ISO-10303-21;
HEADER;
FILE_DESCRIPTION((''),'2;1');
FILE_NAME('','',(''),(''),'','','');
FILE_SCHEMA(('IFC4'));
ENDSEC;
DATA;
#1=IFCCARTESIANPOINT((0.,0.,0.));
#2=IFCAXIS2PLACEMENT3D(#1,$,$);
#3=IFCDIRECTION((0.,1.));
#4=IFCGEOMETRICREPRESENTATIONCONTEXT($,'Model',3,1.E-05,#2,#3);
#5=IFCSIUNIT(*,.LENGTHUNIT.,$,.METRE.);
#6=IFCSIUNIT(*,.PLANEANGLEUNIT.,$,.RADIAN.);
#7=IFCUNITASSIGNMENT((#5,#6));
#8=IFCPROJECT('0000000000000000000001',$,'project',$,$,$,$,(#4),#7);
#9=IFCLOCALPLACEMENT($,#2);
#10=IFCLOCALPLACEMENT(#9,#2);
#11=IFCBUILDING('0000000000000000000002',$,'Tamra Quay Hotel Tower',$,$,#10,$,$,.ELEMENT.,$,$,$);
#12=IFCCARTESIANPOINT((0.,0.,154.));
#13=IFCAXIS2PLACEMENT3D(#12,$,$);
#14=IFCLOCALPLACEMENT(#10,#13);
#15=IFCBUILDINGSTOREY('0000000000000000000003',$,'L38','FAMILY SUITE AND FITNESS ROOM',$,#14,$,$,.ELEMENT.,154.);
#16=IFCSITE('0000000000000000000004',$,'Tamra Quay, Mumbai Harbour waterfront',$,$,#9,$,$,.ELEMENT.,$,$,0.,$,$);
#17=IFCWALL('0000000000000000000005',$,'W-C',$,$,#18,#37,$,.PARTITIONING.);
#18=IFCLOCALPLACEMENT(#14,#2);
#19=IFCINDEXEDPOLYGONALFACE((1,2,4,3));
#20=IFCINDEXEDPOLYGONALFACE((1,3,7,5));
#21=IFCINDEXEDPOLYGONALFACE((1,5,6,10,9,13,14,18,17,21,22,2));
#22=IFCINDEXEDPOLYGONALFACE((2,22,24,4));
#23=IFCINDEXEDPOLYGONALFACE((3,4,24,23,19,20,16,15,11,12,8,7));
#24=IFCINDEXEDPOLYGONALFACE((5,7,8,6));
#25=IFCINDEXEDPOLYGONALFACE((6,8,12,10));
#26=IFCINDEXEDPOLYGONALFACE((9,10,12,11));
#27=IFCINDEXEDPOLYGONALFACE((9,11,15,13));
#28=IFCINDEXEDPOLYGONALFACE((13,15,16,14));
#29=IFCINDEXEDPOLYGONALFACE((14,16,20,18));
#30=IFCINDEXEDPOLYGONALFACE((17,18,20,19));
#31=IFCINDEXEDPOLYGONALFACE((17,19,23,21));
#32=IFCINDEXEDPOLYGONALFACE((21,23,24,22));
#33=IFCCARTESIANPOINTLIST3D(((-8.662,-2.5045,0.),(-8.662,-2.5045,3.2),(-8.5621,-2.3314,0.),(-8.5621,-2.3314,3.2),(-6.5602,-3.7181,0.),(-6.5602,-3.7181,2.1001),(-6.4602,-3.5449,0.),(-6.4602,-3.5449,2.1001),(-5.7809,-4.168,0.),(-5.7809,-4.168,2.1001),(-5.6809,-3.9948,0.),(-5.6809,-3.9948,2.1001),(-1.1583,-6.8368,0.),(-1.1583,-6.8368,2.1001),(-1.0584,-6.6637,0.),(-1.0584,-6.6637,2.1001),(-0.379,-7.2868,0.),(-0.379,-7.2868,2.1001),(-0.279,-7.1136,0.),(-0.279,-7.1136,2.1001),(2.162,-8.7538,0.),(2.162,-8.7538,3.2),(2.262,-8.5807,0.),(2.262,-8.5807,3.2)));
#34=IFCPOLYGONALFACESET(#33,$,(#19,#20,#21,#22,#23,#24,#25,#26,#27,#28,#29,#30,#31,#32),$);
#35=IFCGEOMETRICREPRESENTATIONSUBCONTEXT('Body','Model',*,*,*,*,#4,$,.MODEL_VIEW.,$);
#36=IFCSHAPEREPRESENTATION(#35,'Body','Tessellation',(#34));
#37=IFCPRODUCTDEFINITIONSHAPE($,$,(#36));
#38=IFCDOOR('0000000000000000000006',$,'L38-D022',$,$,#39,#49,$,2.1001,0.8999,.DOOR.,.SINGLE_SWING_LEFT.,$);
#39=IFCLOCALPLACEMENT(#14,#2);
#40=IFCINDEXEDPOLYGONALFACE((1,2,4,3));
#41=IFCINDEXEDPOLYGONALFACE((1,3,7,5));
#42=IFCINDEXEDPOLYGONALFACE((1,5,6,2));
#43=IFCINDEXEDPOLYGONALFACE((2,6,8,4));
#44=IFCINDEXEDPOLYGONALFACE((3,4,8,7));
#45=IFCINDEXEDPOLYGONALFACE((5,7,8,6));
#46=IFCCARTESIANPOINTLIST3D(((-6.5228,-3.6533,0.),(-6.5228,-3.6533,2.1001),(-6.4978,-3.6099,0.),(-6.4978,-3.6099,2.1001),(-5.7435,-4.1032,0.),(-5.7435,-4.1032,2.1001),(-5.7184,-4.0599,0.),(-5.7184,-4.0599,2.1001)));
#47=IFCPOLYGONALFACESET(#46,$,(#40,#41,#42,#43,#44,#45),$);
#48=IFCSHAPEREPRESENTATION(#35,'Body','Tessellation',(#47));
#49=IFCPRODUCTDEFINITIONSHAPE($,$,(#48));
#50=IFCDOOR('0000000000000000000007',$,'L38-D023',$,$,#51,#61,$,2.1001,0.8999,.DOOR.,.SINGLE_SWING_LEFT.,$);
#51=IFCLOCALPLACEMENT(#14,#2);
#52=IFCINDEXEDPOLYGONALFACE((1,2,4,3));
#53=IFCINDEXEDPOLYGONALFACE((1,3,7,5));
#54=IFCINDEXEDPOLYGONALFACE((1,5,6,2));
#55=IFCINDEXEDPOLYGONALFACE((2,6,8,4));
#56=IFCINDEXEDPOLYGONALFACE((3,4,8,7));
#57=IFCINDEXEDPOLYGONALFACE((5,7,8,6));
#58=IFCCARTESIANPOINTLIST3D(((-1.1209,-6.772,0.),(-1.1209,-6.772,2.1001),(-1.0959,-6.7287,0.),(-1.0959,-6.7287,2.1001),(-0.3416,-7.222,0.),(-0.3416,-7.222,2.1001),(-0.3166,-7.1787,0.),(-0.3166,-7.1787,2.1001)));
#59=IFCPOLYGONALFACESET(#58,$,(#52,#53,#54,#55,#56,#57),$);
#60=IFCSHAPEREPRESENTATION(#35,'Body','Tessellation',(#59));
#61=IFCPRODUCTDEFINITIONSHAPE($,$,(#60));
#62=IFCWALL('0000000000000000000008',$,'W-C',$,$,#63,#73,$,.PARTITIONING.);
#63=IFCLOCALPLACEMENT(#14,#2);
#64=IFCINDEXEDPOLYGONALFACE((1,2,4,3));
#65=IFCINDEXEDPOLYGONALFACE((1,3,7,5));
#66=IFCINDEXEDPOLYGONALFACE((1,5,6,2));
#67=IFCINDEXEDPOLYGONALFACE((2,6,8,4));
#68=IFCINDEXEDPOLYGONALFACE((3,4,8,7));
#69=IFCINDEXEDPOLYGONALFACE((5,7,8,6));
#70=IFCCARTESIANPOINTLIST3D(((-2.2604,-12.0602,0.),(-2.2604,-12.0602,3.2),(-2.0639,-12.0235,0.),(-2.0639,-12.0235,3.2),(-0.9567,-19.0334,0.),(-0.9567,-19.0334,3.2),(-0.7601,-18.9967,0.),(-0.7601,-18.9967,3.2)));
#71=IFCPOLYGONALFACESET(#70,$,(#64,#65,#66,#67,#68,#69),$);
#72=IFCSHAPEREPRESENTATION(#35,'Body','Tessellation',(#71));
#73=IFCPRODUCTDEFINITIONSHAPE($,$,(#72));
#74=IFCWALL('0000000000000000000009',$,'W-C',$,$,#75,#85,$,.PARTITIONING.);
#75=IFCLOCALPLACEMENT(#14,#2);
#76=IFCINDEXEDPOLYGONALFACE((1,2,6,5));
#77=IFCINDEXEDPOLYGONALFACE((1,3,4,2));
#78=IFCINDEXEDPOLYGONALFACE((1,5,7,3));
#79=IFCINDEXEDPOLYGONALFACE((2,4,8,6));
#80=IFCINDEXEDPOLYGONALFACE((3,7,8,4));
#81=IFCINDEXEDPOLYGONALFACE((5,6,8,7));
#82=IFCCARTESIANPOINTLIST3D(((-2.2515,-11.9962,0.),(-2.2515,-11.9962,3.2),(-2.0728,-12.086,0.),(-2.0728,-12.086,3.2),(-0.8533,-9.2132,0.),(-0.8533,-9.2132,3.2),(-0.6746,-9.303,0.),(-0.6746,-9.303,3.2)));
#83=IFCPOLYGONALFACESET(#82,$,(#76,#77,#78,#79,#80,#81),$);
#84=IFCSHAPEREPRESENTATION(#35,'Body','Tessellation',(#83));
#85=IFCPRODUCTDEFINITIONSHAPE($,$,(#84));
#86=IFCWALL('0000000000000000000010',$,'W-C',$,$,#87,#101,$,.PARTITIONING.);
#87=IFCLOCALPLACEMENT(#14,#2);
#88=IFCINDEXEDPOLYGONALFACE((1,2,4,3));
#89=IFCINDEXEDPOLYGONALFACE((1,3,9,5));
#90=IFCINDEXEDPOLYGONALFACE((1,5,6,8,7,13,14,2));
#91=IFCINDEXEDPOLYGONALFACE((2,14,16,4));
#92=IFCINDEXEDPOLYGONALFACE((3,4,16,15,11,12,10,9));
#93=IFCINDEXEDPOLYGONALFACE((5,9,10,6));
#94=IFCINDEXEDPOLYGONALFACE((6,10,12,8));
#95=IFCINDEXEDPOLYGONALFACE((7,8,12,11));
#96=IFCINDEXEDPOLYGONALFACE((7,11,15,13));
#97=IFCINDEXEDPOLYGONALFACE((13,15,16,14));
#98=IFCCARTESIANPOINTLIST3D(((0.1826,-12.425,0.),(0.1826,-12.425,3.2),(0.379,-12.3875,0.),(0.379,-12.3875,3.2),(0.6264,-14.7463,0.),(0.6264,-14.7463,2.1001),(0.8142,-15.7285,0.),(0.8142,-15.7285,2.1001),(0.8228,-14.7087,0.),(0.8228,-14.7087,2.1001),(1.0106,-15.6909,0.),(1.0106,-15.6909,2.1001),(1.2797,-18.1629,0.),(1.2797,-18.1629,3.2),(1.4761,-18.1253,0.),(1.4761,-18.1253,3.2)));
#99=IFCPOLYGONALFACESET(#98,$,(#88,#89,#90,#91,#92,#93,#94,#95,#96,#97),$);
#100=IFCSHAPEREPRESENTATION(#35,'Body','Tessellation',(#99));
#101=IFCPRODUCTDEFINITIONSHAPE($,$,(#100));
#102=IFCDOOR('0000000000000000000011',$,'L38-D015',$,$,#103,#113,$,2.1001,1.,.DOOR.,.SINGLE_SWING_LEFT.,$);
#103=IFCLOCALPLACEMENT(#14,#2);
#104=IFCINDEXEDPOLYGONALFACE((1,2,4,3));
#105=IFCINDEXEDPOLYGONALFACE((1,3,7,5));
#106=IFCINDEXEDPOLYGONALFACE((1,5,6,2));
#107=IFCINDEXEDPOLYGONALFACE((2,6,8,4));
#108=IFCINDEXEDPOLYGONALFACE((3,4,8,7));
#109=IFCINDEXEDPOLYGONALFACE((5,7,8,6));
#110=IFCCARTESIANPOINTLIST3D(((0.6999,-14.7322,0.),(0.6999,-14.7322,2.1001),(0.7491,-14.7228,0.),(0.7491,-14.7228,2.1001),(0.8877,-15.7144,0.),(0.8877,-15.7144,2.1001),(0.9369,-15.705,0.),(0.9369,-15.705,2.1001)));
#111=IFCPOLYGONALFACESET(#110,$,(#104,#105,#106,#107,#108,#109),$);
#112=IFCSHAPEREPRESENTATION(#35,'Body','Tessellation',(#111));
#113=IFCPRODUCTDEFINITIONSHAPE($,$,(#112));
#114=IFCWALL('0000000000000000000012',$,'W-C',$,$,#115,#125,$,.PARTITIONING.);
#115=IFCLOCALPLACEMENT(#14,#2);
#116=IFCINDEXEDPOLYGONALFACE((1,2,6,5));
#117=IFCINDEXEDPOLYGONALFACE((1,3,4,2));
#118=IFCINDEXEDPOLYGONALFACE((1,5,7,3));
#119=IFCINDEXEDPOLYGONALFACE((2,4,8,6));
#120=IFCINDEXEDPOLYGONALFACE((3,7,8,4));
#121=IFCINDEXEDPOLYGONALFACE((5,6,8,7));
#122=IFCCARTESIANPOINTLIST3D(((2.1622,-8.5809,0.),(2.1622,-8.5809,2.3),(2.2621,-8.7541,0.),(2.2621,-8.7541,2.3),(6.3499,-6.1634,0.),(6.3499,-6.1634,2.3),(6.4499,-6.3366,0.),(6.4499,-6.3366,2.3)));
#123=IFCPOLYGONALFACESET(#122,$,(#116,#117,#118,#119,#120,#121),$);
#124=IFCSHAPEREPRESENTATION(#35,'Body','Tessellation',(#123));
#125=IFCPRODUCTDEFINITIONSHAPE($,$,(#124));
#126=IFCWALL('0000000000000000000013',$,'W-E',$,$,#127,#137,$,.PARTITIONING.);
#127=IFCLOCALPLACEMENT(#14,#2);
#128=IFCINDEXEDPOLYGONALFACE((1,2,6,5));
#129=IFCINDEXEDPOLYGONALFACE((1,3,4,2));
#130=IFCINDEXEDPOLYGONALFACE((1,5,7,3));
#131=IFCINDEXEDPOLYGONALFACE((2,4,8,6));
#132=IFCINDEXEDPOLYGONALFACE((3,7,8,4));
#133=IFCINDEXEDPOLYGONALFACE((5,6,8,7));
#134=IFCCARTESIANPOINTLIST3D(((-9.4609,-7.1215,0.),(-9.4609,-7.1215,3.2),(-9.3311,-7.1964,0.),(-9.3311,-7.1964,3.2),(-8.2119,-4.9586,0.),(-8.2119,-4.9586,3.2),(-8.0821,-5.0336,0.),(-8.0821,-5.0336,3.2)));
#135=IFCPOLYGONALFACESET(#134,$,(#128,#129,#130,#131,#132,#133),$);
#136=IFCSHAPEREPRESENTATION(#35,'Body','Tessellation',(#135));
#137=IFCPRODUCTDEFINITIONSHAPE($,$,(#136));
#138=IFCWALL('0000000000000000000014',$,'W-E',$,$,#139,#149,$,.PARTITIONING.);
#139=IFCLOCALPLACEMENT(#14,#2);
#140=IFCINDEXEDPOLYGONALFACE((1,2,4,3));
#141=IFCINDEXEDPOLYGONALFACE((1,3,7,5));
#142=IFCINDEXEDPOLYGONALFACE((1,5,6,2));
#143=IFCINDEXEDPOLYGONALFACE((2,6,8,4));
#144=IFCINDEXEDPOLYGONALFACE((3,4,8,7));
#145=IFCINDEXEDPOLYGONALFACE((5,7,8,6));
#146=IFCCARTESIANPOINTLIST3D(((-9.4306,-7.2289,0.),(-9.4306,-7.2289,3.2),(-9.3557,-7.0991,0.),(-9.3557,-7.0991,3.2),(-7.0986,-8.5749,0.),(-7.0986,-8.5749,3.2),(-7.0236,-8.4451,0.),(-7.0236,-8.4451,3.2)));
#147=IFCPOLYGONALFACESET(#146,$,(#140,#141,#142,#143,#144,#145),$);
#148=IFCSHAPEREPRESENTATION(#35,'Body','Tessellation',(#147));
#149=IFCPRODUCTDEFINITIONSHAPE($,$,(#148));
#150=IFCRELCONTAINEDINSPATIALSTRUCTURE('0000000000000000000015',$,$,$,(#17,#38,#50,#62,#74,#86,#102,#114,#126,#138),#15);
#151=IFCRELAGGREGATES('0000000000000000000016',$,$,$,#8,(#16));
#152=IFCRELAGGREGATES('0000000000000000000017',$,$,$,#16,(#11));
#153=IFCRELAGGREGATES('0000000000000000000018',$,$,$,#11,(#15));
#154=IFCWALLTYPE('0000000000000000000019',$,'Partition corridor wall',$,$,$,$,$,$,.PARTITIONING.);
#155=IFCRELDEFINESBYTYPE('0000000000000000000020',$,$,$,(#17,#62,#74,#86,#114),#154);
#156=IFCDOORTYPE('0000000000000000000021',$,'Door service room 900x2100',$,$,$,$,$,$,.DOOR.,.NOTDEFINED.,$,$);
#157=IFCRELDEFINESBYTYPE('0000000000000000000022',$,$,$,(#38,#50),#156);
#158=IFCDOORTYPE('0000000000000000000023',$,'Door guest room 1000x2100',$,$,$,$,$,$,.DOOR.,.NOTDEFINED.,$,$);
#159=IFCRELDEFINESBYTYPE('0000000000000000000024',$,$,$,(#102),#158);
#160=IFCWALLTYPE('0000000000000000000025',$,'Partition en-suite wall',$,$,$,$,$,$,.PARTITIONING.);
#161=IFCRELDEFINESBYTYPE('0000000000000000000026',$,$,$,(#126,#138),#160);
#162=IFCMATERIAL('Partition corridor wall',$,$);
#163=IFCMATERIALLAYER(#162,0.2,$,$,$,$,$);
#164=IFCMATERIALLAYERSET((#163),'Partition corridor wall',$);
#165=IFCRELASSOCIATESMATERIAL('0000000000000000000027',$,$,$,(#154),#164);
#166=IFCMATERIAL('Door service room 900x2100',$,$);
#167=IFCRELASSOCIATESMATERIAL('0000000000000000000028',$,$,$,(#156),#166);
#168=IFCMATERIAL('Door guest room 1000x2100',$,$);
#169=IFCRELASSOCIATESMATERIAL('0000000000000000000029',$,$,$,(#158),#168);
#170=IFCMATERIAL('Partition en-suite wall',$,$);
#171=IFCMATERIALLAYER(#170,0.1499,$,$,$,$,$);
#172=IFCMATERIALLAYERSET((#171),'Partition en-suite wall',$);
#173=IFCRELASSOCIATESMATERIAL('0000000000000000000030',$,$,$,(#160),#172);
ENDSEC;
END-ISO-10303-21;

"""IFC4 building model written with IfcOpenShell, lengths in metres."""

from ifc_helpers import new_model, si_unit, direction, frame, frame_2d, origin, place, context, subcontext, project, spatial, rectangle, extrude, material, layer, layer_set, type_object, element, fill, save


model = new_model("IFC4")

# Units and contexts
model_context = context("Model", 3, precision=1e-05, world=origin(), true_north=direction((0.0, 1.0)))
body_context = subcontext(model_context, "Body", "Model", "MODEL_VIEW")
ifc_project = project(units=[si_unit("LENGTHUNIT", "METRE"), si_unit("PLANEANGLEUNIT", "RADIAN")], contexts=[model_context])

# Site, building, storey
site_placement = place(None, origin())
site = spatial("IfcSite", under=ifc_project, at=site_placement, Name="Tamra Quay, Mumbai Harbour waterfront", CompositionType="ELEMENT", RefElevation=0.0)
building_placement = place(site_placement, origin())
building = spatial("IfcBuilding", under=site, at=building_placement, Name="Tamra Quay Hotel Tower", CompositionType="ELEMENT")
storey_placement = place(building_placement, frame((0.0, 0.0, 154.0)))
storey = spatial("IfcBuildingStorey", under=building, at=storey_placement, Name="L38", Description="FAMILY SUITE AND FITNESS ROOM", CompositionType="ELEMENT", Elevation=154.0)

# Shared definitions
ifc_material_1 = material(Name="Partition corridor wall")
ifc_layer_1 = layer(ifc_material_1, 0.2)
ifc_layer_set_1 = layer_set([ifc_layer_1], Name="Partition corridor wall")
wall_type_1 = type_object("IfcWallType", Name="Partition corridor wall", PredefinedType="PARTITIONING", material=ifc_layer_set_1)

# Wall, openings, doors
wall_1_placement = place(storey_placement, frame((-8.6121, -2.418, 0.0), z_axis=(0.0, 0.0, 1.0), x_axis=(0.866024, -0.500003, 0.0)))
wall_1 = element("IfcWall", 1, at=wall_1_placement, inside=storey, type_object=wall_type_1, Name="W-C", PredefinedType="PARTITIONING", context=body_context, shape_type="SweptSolid", body=[
    extrude(rectangle(XDim=12.4985, YDim=0.2, at=frame_2d((6.2493, 0.0))), origin(), (0.0, 0.0, 1.0), 3.2),
])
opening_1_placement = place(wall_1_placement, frame((2.427, 0.0, 0.0)))
opening_1 = element("IfcOpeningElement", 2, at=opening_1_placement, cuts=wall_1, PredefinedType="OPENING", context=body_context, shape_type="SweptSolid", body=[
    extrude(rectangle(XDim=0.8999, YDim=2.1001, at=frame_2d((0.45, 1.05))), frame((0.0, 0.1099, 0.0), z_axis=(0.0, -1.0, 0.0), x_axis=(1.0, 0.0, 0.0)), (0.0, 0.0, 1.0), 0.22),
])
opening_2_placement = place(wall_1_placement, frame((8.6646, 0.0, 0.0)))
opening_2 = element("IfcOpeningElement", 3, at=opening_2_placement, cuts=wall_1, PredefinedType="OPENING", context=body_context, shape_type="SweptSolid", body=[
    extrude(rectangle(XDim=0.8999, YDim=2.1001, at=frame_2d((0.45, 1.05))), frame((0.0, 0.1099, 0.0), z_axis=(0.0, -1.0, 0.0), x_axis=(1.0, 0.0, 0.0)), (0.0, 0.0, 1.0), 0.22),
])
ifc_material_2 = material(Name="Door service room 900x2100")
door_type_1 = type_object("IfcDoorType", Name="Door service room 900x2100", OperationType="NOTDEFINED", PredefinedType="DOOR", material=ifc_material_2)
door_1_placement = place(opening_1_placement, origin())
door_1 = element("IfcDoor", 4, at=door_1_placement, inside=storey, type_object=door_type_1, Name="L38-D022", OperationType="SINGLE_SWING_LEFT", OverallHeight=2.1001, OverallWidth=0.8999, PredefinedType="DOOR", context=body_context, shape_type="SweptSolid", body=[
    extrude(rectangle(XDim=0.8999, YDim=2.1001, at=frame_2d((0.45, 1.05))), frame((0.0, 0.0249, 0.0), z_axis=(0.0, -1.0, 0.0), x_axis=(1.0, 0.0, 0.0)), (0.0, 0.0, 1.0), 0.05),
])
fill(opening_1, door_1)
door_2_placement = place(opening_2_placement, origin())
door_2 = element("IfcDoor", 5, at=door_2_placement, inside=storey, type_object=door_type_1, Name="L38-D023", OperationType="SINGLE_SWING_LEFT", OverallHeight=2.1001, OverallWidth=0.8999, PredefinedType="DOOR", context=body_context, shape_type="SweptSolid", body=[
    extrude(rectangle(XDim=0.8999, YDim=2.1001, at=frame_2d((0.45, 1.05))), frame((0.0, 0.0249, 0.0), z_axis=(0.0, -1.0, 0.0), x_axis=(1.0, 0.0, 0.0)), (0.0, 0.0, 1.0), 0.05),
])
fill(opening_2, door_2)

# Walls
wall_2_placement = place(storey_placement, frame((-2.1621, -12.042, 0.0), z_axis=(0.0, 0.0, 1.0), x_axis=(0.183777, -0.982968, 0.0)))
element("IfcWall", 6, at=wall_2_placement, inside=storey, type_object=wall_type_1, Name="W-C", PredefinedType="PARTITIONING", context=body_context, shape_type="SweptSolid", body=[
    extrude(rectangle(XDim=7.094, YDim=0.2, at=frame_2d((3.5469, 0.0))), origin(), (0.0, 0.0, 1.0), 3.2),
])
wall_3_placement = place(storey_placement, frame((-2.1621, -12.041, 0.0), z_axis=(0.0, 0.0, 1.0), x_axis=(0.448937, 0.893563, 0.0)))
element("IfcWall", 7, at=wall_3_placement, inside=storey, type_object=wall_type_1, Name="W-C", PredefinedType="PARTITIONING", context=body_context, shape_type="SweptSolid", body=[
    extrude(rectangle(XDim=3.1145, YDim=0.2, at=frame_2d((1.5571, 0.0))), origin(), (0.0, 0.0, 1.0), 3.2),
])

# Wall, opening, door
wall_4_placement = place(storey_placement, frame((0.2808, -12.4062, 0.0), z_axis=(0.0, 0.0, 1.0), x_axis=(0.187815, -0.982204, 0.0)))
wall_4 = element("IfcWall", 8, at=wall_4_placement, inside=storey, type_object=wall_type_1, Name="W-C", PredefinedType="PARTITIONING", context=body_context, shape_type="SweptSolid", body=[
    extrude(rectangle(XDim=5.8418, YDim=0.2, at=frame_2d((2.9209, 0.0))), origin(), (0.0, 0.0, 1.0), 3.2),
])
opening_3_placement = place(wall_4_placement, frame((2.3633, 0.0, 0.0)))
opening_3 = element("IfcOpeningElement", 9, at=opening_3_placement, cuts=wall_4, PredefinedType="OPENING", context=body_context, shape_type="SweptSolid", body=[
    extrude(rectangle(XDim=1.0, YDim=2.1001, at=frame_2d((0.5, 1.05))), frame((0.0, 0.1099, 0.0), z_axis=(0.0, -1.0, 0.0), x_axis=(1.0, 0.0, 0.0)), (0.0, 0.0, 1.0), 0.22),
])
ifc_material_3 = material(Name="Door guest room 1000x2100")
door_type_2 = type_object("IfcDoorType", Name="Door guest room 1000x2100", OperationType="NOTDEFINED", PredefinedType="DOOR", material=ifc_material_3)
door_3_placement = place(opening_3_placement, origin())
door_3 = element("IfcDoor", 10, at=door_3_placement, inside=storey, type_object=door_type_2, Name="L38-D015", OperationType="SINGLE_SWING_LEFT", OverallHeight=2.1001, OverallWidth=1.0, PredefinedType="DOOR", context=body_context, shape_type="SweptSolid", body=[
    extrude(rectangle(XDim=1.0, YDim=2.1001, at=frame_2d((0.5, 1.05))), frame((0.0, 0.0249, 0.0), z_axis=(0.0, -1.0, 0.0), x_axis=(1.0, 0.0, 0.0)), (0.0, 0.0, 1.0), 0.05),
])
fill(opening_3, door_3)

# Walls
wall_5_placement = place(storey_placement, frame((2.2122, -8.6675, 0.0), z_axis=(0.0, 0.0, 1.0), x_axis=(0.866054, 0.499951, 0.0)))
element("IfcWall", 11, at=wall_5_placement, inside=storey, type_object=wall_type_1, Name="W-C", PredefinedType="PARTITIONING", context=body_context, shape_type="SweptSolid", body=[
    extrude(rectangle(XDim=4.8354, YDim=0.2, at=frame_2d((2.4177, 0.0))), origin(), (0.0, 0.0, 1.0), 2.3),
])
ifc_material_4 = material(Name="Partition en-suite wall")
ifc_layer_2 = layer(ifc_material_4, 0.1499)
ifc_layer_set_2 = layer_set([ifc_layer_2], Name="Partition en-suite wall")
wall_type_2 = type_object("IfcWallType", Name="Partition en-suite wall", PredefinedType="PARTITIONING", material=ifc_layer_set_2)
wall_6_placement = place(storey_placement, frame((-9.396, -7.1589, 0.0), z_axis=(0.0, 0.0, 1.0), x_axis=(0.500092, 0.865972, 0.0)))
element("IfcWall", 12, at=wall_6_placement, inside=storey, type_object=wall_type_2, Name="W-E", PredefinedType="PARTITIONING", context=body_context, shape_type="SweptSolid", body=[
    extrude(rectangle(XDim=2.4976, YDim=0.1499, at=frame_2d((1.2488, 0.0))), origin(), (0.0, 0.0, 1.0), 3.2),
])
wall_7_placement = place(storey_placement, frame((-9.3931, -7.1641, 0.0), z_axis=(0.0, 0.0, 1.0), x_axis=(0.866098, -0.499874, 0.0)))
element("IfcWall", 13, at=wall_7_placement, inside=storey, type_object=wall_type_2, Name="W-E", PredefinedType="PARTITIONING", context=body_context, shape_type="SweptSolid", body=[
    extrude(rectangle(XDim=2.6926, YDim=0.1499, at=frame_2d((1.3462, 0.0))), origin(), (0.0, 0.0, 1.0), 3.2),
])

save(model, "model.ifc")
